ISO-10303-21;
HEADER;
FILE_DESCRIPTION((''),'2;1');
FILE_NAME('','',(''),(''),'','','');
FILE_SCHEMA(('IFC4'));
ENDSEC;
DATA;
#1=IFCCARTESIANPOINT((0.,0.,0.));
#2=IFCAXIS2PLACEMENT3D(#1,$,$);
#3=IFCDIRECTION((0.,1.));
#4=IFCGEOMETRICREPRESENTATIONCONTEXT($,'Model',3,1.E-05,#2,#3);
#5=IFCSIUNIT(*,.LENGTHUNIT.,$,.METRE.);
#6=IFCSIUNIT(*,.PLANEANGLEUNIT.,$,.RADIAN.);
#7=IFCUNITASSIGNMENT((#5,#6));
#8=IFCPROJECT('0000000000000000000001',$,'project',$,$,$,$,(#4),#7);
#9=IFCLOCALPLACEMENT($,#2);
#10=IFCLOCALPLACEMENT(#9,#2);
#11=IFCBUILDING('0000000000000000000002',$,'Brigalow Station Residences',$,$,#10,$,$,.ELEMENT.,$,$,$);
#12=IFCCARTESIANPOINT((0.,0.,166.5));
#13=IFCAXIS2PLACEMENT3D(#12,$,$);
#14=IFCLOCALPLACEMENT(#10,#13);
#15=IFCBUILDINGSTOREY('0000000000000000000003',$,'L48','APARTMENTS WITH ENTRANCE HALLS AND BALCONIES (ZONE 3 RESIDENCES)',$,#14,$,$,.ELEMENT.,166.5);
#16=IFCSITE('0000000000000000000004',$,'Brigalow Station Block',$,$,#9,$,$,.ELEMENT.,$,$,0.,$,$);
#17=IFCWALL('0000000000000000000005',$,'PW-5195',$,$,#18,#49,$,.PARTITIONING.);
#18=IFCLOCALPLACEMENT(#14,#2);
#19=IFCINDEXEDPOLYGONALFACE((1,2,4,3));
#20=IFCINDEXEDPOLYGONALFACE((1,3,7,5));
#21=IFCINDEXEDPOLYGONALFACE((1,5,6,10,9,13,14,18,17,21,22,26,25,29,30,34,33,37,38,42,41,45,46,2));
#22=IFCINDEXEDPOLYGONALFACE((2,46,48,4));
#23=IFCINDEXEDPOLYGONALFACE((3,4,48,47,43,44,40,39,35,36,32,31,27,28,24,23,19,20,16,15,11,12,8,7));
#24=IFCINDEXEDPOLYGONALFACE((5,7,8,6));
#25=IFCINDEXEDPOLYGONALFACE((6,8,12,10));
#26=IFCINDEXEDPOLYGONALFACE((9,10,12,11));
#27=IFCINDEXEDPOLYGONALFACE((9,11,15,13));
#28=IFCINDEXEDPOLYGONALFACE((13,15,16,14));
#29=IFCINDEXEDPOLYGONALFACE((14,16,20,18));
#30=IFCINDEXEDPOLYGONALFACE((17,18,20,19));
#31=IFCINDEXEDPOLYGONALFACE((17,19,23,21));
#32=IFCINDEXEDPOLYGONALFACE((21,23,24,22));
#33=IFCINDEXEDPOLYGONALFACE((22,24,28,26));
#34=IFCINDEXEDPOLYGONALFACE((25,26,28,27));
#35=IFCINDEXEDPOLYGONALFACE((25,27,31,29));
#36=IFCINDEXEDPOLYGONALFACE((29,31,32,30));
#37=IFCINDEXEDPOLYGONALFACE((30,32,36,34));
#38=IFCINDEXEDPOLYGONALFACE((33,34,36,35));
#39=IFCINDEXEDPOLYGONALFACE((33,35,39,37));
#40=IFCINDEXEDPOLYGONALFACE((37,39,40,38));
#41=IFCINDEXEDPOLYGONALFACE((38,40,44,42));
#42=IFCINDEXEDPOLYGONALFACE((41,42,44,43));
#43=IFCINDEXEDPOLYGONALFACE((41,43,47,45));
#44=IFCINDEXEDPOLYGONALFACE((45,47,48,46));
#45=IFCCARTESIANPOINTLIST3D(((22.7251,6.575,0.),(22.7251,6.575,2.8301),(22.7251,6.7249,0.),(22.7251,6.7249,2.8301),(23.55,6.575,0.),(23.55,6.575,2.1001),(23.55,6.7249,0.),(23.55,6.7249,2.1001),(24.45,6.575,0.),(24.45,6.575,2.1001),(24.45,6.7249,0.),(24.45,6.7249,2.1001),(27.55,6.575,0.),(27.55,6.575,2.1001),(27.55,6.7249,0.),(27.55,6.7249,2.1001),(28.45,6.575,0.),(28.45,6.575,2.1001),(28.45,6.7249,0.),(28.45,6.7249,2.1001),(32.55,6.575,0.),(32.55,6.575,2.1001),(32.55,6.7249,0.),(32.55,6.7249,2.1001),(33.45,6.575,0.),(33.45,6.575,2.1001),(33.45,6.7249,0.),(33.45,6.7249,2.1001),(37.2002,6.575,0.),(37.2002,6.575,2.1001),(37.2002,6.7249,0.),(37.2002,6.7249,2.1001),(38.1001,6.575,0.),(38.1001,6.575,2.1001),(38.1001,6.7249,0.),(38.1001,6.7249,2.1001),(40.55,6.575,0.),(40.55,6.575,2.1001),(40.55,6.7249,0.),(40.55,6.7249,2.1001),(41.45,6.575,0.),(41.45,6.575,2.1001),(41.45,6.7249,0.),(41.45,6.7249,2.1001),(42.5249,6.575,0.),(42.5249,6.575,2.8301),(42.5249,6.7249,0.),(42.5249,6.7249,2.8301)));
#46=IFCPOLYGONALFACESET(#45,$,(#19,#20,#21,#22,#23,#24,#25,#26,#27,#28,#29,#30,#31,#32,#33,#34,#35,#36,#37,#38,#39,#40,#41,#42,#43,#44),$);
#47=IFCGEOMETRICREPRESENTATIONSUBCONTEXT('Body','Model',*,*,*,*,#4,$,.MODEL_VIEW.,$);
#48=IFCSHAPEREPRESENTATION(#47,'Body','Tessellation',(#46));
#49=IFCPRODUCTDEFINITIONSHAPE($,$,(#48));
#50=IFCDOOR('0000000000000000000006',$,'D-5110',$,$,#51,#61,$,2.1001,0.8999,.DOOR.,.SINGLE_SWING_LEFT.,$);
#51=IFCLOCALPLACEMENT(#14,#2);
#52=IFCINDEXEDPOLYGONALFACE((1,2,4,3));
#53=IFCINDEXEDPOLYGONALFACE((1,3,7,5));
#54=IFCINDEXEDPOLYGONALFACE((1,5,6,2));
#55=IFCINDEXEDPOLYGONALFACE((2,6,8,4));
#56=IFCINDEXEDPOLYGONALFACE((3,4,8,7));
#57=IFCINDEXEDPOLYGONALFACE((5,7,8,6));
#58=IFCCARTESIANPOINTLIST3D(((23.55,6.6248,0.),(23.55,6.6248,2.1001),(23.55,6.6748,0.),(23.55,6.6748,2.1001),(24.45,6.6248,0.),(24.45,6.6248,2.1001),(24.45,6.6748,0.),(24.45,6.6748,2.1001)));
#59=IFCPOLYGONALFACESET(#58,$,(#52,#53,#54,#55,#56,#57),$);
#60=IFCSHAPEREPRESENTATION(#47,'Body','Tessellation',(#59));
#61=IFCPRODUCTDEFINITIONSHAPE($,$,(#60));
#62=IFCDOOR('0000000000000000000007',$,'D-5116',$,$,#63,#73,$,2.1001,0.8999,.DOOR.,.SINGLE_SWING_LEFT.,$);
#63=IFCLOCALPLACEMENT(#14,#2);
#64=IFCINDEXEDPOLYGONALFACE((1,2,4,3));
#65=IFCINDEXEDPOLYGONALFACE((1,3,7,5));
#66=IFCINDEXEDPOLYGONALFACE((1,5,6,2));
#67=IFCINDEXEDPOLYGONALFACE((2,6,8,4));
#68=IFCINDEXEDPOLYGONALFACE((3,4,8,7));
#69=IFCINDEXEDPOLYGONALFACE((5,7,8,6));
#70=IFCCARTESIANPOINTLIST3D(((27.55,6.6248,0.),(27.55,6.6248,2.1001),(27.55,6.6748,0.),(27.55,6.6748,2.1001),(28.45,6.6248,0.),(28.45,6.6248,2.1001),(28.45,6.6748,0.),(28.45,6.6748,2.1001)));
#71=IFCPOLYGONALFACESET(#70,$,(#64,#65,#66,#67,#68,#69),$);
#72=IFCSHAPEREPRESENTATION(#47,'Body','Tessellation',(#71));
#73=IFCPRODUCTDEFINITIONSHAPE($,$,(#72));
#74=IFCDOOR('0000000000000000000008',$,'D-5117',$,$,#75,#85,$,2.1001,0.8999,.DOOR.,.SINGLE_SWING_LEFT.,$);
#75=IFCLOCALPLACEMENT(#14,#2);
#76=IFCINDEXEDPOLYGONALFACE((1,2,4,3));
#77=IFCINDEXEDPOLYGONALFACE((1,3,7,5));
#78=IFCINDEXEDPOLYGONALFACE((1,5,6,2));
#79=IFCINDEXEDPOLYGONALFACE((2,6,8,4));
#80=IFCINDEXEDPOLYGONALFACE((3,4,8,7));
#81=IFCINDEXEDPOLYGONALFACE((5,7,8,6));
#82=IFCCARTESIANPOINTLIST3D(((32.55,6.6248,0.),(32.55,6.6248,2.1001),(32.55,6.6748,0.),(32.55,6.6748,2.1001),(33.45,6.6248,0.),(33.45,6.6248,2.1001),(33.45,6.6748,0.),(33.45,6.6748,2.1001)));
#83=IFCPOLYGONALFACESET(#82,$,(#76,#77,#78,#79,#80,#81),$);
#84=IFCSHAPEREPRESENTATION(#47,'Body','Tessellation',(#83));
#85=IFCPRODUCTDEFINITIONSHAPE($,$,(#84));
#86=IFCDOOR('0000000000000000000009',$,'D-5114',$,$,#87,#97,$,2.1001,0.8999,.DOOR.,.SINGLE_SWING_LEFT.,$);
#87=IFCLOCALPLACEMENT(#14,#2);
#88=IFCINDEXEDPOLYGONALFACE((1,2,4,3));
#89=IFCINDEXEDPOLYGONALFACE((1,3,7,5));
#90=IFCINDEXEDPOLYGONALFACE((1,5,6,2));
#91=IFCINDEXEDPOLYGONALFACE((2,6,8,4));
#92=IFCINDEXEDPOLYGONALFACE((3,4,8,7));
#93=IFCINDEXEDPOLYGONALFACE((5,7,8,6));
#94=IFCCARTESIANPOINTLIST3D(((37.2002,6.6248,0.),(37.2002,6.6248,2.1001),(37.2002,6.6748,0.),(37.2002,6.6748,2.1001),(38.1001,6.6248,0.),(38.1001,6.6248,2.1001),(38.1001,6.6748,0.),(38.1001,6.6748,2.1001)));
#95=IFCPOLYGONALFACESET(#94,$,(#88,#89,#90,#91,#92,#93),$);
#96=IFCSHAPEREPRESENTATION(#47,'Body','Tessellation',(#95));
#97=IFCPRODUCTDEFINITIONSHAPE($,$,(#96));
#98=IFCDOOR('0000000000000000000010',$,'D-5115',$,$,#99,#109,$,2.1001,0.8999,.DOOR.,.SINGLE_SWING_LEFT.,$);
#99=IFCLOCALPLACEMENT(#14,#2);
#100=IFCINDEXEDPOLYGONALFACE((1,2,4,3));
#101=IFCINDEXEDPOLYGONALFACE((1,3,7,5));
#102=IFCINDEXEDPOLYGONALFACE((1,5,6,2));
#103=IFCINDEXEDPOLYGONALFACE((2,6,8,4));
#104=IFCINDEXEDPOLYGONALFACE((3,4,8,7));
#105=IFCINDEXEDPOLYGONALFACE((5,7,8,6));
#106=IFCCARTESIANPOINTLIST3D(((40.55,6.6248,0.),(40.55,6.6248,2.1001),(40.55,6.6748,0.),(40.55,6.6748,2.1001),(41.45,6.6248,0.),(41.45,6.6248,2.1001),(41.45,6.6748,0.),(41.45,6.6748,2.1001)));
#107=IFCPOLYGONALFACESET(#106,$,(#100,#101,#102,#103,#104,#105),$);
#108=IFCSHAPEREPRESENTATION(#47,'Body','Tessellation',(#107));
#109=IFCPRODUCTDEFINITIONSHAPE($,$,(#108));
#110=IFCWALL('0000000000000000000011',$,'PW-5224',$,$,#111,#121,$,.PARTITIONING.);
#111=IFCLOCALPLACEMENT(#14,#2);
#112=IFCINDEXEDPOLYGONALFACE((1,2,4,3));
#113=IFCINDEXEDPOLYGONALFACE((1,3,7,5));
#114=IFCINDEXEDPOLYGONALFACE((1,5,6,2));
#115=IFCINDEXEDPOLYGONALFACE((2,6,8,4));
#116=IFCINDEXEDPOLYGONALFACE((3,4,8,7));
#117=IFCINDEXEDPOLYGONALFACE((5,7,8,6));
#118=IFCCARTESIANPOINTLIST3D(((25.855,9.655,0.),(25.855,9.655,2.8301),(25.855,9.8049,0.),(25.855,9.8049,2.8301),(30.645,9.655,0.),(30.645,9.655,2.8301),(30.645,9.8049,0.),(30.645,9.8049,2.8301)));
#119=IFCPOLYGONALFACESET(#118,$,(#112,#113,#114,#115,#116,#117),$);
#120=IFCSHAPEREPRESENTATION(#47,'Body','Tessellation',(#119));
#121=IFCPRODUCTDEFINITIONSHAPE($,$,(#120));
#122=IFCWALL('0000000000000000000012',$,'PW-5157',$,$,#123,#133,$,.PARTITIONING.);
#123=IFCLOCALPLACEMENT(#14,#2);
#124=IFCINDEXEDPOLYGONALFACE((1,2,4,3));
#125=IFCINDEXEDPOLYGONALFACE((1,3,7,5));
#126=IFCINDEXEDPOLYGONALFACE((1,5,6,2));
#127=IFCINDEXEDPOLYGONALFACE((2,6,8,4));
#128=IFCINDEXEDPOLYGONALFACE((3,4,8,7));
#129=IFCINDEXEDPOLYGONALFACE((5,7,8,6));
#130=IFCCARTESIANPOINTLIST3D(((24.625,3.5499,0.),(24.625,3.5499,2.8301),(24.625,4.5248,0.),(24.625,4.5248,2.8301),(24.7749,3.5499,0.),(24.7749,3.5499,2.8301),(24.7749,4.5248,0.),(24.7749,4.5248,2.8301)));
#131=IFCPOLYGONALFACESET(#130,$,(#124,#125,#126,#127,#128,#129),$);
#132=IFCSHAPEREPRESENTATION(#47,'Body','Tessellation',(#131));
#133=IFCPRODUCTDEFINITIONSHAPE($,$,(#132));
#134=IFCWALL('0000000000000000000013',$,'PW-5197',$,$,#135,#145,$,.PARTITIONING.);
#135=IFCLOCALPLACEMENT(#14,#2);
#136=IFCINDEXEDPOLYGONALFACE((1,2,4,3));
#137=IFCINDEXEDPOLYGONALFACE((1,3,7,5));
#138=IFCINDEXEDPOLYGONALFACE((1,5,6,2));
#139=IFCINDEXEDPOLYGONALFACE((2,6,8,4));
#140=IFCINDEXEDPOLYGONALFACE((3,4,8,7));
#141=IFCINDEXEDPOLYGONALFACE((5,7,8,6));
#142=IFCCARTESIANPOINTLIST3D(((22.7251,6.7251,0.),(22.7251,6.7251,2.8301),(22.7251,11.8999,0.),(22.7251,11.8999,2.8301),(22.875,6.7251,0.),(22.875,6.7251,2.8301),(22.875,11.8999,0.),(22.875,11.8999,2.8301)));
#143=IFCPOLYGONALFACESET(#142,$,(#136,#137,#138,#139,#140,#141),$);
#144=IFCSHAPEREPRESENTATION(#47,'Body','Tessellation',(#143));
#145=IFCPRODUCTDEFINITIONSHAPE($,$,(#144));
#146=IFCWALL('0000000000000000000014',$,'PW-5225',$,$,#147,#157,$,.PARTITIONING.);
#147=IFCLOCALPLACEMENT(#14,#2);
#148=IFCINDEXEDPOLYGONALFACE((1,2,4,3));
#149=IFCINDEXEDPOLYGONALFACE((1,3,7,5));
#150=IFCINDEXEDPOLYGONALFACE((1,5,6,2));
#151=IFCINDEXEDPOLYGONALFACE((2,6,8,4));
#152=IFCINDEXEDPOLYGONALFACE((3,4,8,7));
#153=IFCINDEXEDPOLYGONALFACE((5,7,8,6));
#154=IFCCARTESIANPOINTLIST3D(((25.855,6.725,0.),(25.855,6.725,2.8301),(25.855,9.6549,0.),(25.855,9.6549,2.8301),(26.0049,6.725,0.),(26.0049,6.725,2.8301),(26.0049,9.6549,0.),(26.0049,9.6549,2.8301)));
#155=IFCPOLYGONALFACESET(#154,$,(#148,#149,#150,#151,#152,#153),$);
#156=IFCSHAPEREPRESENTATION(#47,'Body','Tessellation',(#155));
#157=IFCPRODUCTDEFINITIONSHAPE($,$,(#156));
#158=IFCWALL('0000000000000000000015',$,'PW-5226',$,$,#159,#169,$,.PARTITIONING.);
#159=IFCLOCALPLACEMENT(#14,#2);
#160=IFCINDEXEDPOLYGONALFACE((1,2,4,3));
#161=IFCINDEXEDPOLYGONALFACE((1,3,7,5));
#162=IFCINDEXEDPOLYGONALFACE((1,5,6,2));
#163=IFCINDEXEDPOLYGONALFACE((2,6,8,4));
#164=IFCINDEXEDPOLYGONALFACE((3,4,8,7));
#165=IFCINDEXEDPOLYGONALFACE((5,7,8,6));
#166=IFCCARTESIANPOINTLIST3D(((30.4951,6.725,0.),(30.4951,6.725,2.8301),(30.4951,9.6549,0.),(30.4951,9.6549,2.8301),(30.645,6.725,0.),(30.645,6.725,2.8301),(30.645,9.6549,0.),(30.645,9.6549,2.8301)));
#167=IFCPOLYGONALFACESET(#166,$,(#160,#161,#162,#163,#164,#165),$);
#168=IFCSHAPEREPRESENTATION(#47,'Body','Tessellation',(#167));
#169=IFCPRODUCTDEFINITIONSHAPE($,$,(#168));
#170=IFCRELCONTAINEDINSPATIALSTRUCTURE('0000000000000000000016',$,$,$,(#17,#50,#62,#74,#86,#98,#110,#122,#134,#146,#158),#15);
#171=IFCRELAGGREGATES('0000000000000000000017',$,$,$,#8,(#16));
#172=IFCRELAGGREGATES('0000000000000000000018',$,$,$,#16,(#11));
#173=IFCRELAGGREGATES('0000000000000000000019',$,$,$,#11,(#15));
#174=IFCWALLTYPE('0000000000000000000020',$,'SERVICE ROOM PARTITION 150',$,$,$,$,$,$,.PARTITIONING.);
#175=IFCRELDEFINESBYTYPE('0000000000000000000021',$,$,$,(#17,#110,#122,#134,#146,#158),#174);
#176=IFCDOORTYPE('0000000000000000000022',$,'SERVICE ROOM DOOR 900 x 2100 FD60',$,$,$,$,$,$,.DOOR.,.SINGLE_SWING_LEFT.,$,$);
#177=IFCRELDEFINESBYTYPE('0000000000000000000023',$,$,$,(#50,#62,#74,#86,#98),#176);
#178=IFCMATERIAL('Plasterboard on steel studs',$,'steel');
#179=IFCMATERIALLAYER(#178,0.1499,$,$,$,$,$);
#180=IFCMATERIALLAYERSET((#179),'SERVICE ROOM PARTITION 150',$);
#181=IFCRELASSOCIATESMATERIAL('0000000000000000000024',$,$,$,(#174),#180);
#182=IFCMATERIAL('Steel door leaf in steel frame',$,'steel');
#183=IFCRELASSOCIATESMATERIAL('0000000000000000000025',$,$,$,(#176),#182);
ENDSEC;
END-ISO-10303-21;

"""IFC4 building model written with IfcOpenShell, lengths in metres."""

from ifc_helpers import new_model, si_unit, direction, frame, frame_2d, origin, place, context, subcontext, project, spatial, rectangle, extrude, material, layer, layer_set, type_object, element, fill, save


model = new_model("IFC4")

# Units and contexts
model_context = context("Model", 3, precision=1e-05, world=origin(), true_north=direction((0.0, 1.0)))
body_context = subcontext(model_context, "Body", "Model", "MODEL_VIEW")
ifc_project = project(units=[si_unit("LENGTHUNIT", "METRE"), si_unit("PLANEANGLEUNIT", "RADIAN")], contexts=[model_context])

# Site, building, storey
site_placement = place(None, origin())
site = spatial("IfcSite", under=ifc_project, at=site_placement, Name="Brigalow Station Block", CompositionType="ELEMENT", RefElevation=0.0)
building_placement = place(site_placement, origin())
building = spatial("IfcBuilding", under=site, at=building_placement, Name="Brigalow Station Residences", CompositionType="ELEMENT")
storey_placement = place(building_placement, frame((0.0, 0.0, 166.5)))
storey = spatial("IfcBuildingStorey", under=building, at=storey_placement, Name="L48", Description="APARTMENTS WITH ENTRANCE HALLS AND BALCONIES (ZONE 3 RESIDENCES)", CompositionType="ELEMENT", Elevation=166.5)

# Shared definitions
ifc_material_1 = material(Name="Plasterboard on steel studs", Category="steel")
ifc_layer_1 = layer(ifc_material_1, 0.1499)
ifc_layer_set_1 = layer_set([ifc_layer_1], Name="SERVICE ROOM PARTITION 150")
wall_type_1 = type_object("IfcWallType", Name="SERVICE ROOM PARTITION 150", PredefinedType="PARTITIONING", material=ifc_layer_set_1)
ifc_material_2 = material(Name="Steel door leaf in steel frame", Category="steel")
door_type_1 = type_object("IfcDoorType", Name="SERVICE ROOM DOOR 900 x 2100 FD60", OperationType="SINGLE_SWING_LEFT", PredefinedType="DOOR", material=ifc_material_2)

# Wall, openings, doors
wall_1_placement = place(storey_placement, frame((22.7251, 6.6499, 0.0), z_axis=(0.0, 0.0, 1.0), x_axis=(1.0, 0.0, 0.0)))
wall_1 = element("IfcWall", 1, at=wall_1_placement, inside=storey, type_object=wall_type_1, Name="PW-5195", PredefinedType="PARTITIONING", context=body_context, shape_type="SweptSolid", body=[
    extrude(rectangle(XDim=19.7998, YDim=0.1499, at=frame_2d((9.8999, 0.0))), origin(), (0.0, 0.0, 1.0), 2.8301),
])
opening_1_placement = place(wall_1_placement, frame((0.825, 0.0, 0.0)))
opening_1 = element("IfcOpeningElement", 2, at=opening_1_placement, cuts=wall_1, PredefinedType="OPENING", context=body_context, shape_type="SweptSolid", body=[
    extrude(rectangle(XDim=0.8999, YDim=2.1001, at=frame_2d((0.45, 1.05))), frame((0.0, 0.085, 0.0), z_axis=(0.0, -1.0, 0.0), x_axis=(1.0, 0.0, 0.0)), (0.0, 0.0, 1.0), 0.1699),
])
opening_2_placement = place(wall_1_placement, frame((4.825, 0.0, 0.0)))
opening_2 = element("IfcOpeningElement", 3, at=opening_2_placement, cuts=wall_1, PredefinedType="OPENING", context=body_context, shape_type="SweptSolid", body=[
    extrude(rectangle(XDim=0.8999, YDim=2.1001, at=frame_2d((0.45, 1.05))), frame((0.0, 0.085, 0.0), z_axis=(0.0, -1.0, 0.0), x_axis=(1.0, 0.0, 0.0)), (0.0, 0.0, 1.0), 0.1699),
])
opening_3_placement = place(wall_1_placement, frame((9.825, 0.0, 0.0)))
opening_3 = element("IfcOpeningElement", 4, at=opening_3_placement, cuts=wall_1, PredefinedType="OPENING", context=body_context, shape_type="SweptSolid", body=[
    extrude(rectangle(XDim=0.8999, YDim=2.1001, at=frame_2d((0.45, 1.05))), frame((0.0, 0.085, 0.0), z_axis=(0.0, -1.0, 0.0), x_axis=(1.0, 0.0, 0.0)), (0.0, 0.0, 1.0), 0.1699),
])
opening_4_placement = place(wall_1_placement, frame((14.4751, 0.0, 0.0)))
opening_4 = element("IfcOpeningElement", 5, at=opening_4_placement, cuts=wall_1, PredefinedType="OPENING", context=body_context, shape_type="SweptSolid", body=[
    extrude(rectangle(XDim=0.8999, YDim=2.1001, at=frame_2d((0.45, 1.05))), frame((0.0, 0.085, 0.0), z_axis=(0.0, -1.0, 0.0), x_axis=(1.0, 0.0, 0.0)), (0.0, 0.0, 1.0), 0.1699),
])
opening_5_placement = place(wall_1_placement, frame((17.825, 0.0, 0.0)))
opening_5 = element("IfcOpeningElement", 6, at=opening_5_placement, cuts=wall_1, PredefinedType="OPENING", context=body_context, shape_type="SweptSolid", body=[
    extrude(rectangle(XDim=0.8999, YDim=2.1001, at=frame_2d((0.45, 1.05))), frame((0.0, 0.085, 0.0), z_axis=(0.0, -1.0, 0.0), x_axis=(1.0, 0.0, 0.0)), (0.0, 0.0, 1.0), 0.1699),
])
door_1_placement = place(opening_1_placement, origin())
door_1 = element("IfcDoor", 7, at=door_1_placement, inside=storey, type_object=door_type_1, Name="D-5110", OperationType="SINGLE_SWING_LEFT", OverallHeight=2.1001, OverallWidth=0.8999, PredefinedType="DOOR", context=body_context, shape_type="SweptSolid", body=[
    extrude(rectangle(XDim=0.8999, YDim=2.1001, at=frame_2d((0.45, 1.05))), frame((0.0, 0.0249, 0.0), z_axis=(0.0, -1.0, 0.0), x_axis=(1.0, 0.0, 0.0)), (0.0, 0.0, 1.0), 0.05),
])
fill(opening_1, door_1)
door_2_placement = place(opening_2_placement, origin())
door_2 = element("IfcDoor", 8, at=door_2_placement, inside=storey, type_object=door_type_1, Name="D-5116", OperationType="SINGLE_SWING_LEFT", OverallHeight=2.1001, OverallWidth=0.8999, PredefinedType="DOOR", context=body_context, shape_type="SweptSolid", body=[
    extrude(rectangle(XDim=0.8999, YDim=2.1001, at=frame_2d((0.45, 1.05))), frame((0.0, 0.0249, 0.0), z_axis=(0.0, -1.0, 0.0), x_axis=(1.0, 0.0, 0.0)), (0.0, 0.0, 1.0), 0.05),
])
fill(opening_2, door_2)
door_3_placement = place(opening_3_placement, origin())
door_3 = element("IfcDoor", 9, at=door_3_placement, inside=storey, type_object=door_type_1, Name="D-5117", OperationType="SINGLE_SWING_LEFT", OverallHeight=2.1001, OverallWidth=0.8999, PredefinedType="DOOR", context=body_context, shape_type="SweptSolid", body=[
    extrude(rectangle(XDim=0.8999, YDim=2.1001, at=frame_2d((0.45, 1.05))), frame((0.0, 0.0249, 0.0), z_axis=(0.0, -1.0, 0.0), x_axis=(1.0, 0.0, 0.0)), (0.0, 0.0, 1.0), 0.05),
])
fill(opening_3, door_3)
door_4_placement = place(opening_4_placement, origin())
door_4 = element("IfcDoor", 10, at=door_4_placement, inside=storey, type_object=door_type_1, Name="D-5114", OperationType="SINGLE_SWING_LEFT", OverallHeight=2.1001, OverallWidth=0.8999, PredefinedType="DOOR", context=body_context, shape_type="SweptSolid", body=[
    extrude(rectangle(XDim=0.8999, YDim=2.1001, at=frame_2d((0.45, 1.05))), frame((0.0, 0.0249, 0.0), z_axis=(0.0, -1.0, 0.0), x_axis=(1.0, 0.0, 0.0)), (0.0, 0.0, 1.0), 0.05),
])
fill(opening_4, door_4)
door_5_placement = place(opening_5_placement, origin())
door_5 = element("IfcDoor", 11, at=door_5_placement, inside=storey, type_object=door_type_1, Name="D-5115", OperationType="SINGLE_SWING_LEFT", OverallHeight=2.1001, OverallWidth=0.8999, PredefinedType="DOOR", context=body_context, shape_type="SweptSolid", body=[
    extrude(rectangle(XDim=0.8999, YDim=2.1001, at=frame_2d((0.45, 1.05))), frame((0.0, 0.0249, 0.0), z_axis=(0.0, -1.0, 0.0), x_axis=(1.0, 0.0, 0.0)), (0.0, 0.0, 1.0), 0.05),
])
fill(opening_5, door_5)

# Walls
wall_2_placement = place(storey_placement, frame((25.855, 9.73, 0.0), z_axis=(0.0, 0.0, 1.0), x_axis=(1.0, 0.0, 0.0)))
element("IfcWall", 12, at=wall_2_placement, inside=storey, type_object=wall_type_1, Name="PW-5224", PredefinedType="PARTITIONING", context=body_context, shape_type="SweptSolid", body=[
    extrude(rectangle(XDim=4.79, YDim=0.1499, at=frame_2d((2.395, 0.0))), origin(), (0.0, 0.0, 1.0), 2.8301),
])
wall_3_placement = place(storey_placement, frame((24.7, 3.55, 0.0), z_axis=(0.0, 0.0, 1.0), x_axis=(0.0, 1.0, 0.0)))
element("IfcWall", 13, at=wall_3_placement, inside=storey, type_object=wall_type_1, Name="PW-5157", PredefinedType="PARTITIONING", context=body_context, shape_type="SweptSolid", body=[
    extrude(rectangle(XDim=0.9749, YDim=0.1499, at=frame_2d((0.4873, 0.0))), origin(), (0.0, 0.0, 1.0), 2.8301),
])
wall_4_placement = place(storey_placement, frame((22.8, 6.7251, 0.0), z_axis=(0.0, 0.0, 1.0), x_axis=(0.0, 1.0, 0.0)))
element("IfcWall", 14, at=wall_4_placement, inside=storey, type_object=wall_type_1, Name="PW-5197", PredefinedType="PARTITIONING", context=body_context, shape_type="SweptSolid", body=[
    extrude(rectangle(XDim=5.1748, YDim=0.1499, at=frame_2d((2.5874, 0.0))), origin(), (0.0, 0.0, 1.0), 2.8301),
])
for number, where, z_axis, x_axis, name in (
    (15, (25.9299, 6.7251, 0.0), (0.0, 0.0, 1.0), (0.0, 1.0, 0.0), "PW-5225"),
    (16, (30.5701, 6.7251, 0.0), (0.0, 0.0, 1.0), (0.0, 1.0, 0.0), "PW-5226"),
):
    element("IfcWall", number, at=place(storey_placement, frame(where, z_axis=z_axis, x_axis=x_axis)), inside=storey, type_object=wall_type_1, Name=name, PredefinedType="PARTITIONING", context=body_context, shape_type="SweptSolid", body=[
        extrude(rectangle(XDim=2.9299, YDim=0.1499, at=frame_2d((1.4648, 0.0))), origin(), (0.0, 0.0, 1.0), 2.8301),
    ])

save(model, "model.ifc")
